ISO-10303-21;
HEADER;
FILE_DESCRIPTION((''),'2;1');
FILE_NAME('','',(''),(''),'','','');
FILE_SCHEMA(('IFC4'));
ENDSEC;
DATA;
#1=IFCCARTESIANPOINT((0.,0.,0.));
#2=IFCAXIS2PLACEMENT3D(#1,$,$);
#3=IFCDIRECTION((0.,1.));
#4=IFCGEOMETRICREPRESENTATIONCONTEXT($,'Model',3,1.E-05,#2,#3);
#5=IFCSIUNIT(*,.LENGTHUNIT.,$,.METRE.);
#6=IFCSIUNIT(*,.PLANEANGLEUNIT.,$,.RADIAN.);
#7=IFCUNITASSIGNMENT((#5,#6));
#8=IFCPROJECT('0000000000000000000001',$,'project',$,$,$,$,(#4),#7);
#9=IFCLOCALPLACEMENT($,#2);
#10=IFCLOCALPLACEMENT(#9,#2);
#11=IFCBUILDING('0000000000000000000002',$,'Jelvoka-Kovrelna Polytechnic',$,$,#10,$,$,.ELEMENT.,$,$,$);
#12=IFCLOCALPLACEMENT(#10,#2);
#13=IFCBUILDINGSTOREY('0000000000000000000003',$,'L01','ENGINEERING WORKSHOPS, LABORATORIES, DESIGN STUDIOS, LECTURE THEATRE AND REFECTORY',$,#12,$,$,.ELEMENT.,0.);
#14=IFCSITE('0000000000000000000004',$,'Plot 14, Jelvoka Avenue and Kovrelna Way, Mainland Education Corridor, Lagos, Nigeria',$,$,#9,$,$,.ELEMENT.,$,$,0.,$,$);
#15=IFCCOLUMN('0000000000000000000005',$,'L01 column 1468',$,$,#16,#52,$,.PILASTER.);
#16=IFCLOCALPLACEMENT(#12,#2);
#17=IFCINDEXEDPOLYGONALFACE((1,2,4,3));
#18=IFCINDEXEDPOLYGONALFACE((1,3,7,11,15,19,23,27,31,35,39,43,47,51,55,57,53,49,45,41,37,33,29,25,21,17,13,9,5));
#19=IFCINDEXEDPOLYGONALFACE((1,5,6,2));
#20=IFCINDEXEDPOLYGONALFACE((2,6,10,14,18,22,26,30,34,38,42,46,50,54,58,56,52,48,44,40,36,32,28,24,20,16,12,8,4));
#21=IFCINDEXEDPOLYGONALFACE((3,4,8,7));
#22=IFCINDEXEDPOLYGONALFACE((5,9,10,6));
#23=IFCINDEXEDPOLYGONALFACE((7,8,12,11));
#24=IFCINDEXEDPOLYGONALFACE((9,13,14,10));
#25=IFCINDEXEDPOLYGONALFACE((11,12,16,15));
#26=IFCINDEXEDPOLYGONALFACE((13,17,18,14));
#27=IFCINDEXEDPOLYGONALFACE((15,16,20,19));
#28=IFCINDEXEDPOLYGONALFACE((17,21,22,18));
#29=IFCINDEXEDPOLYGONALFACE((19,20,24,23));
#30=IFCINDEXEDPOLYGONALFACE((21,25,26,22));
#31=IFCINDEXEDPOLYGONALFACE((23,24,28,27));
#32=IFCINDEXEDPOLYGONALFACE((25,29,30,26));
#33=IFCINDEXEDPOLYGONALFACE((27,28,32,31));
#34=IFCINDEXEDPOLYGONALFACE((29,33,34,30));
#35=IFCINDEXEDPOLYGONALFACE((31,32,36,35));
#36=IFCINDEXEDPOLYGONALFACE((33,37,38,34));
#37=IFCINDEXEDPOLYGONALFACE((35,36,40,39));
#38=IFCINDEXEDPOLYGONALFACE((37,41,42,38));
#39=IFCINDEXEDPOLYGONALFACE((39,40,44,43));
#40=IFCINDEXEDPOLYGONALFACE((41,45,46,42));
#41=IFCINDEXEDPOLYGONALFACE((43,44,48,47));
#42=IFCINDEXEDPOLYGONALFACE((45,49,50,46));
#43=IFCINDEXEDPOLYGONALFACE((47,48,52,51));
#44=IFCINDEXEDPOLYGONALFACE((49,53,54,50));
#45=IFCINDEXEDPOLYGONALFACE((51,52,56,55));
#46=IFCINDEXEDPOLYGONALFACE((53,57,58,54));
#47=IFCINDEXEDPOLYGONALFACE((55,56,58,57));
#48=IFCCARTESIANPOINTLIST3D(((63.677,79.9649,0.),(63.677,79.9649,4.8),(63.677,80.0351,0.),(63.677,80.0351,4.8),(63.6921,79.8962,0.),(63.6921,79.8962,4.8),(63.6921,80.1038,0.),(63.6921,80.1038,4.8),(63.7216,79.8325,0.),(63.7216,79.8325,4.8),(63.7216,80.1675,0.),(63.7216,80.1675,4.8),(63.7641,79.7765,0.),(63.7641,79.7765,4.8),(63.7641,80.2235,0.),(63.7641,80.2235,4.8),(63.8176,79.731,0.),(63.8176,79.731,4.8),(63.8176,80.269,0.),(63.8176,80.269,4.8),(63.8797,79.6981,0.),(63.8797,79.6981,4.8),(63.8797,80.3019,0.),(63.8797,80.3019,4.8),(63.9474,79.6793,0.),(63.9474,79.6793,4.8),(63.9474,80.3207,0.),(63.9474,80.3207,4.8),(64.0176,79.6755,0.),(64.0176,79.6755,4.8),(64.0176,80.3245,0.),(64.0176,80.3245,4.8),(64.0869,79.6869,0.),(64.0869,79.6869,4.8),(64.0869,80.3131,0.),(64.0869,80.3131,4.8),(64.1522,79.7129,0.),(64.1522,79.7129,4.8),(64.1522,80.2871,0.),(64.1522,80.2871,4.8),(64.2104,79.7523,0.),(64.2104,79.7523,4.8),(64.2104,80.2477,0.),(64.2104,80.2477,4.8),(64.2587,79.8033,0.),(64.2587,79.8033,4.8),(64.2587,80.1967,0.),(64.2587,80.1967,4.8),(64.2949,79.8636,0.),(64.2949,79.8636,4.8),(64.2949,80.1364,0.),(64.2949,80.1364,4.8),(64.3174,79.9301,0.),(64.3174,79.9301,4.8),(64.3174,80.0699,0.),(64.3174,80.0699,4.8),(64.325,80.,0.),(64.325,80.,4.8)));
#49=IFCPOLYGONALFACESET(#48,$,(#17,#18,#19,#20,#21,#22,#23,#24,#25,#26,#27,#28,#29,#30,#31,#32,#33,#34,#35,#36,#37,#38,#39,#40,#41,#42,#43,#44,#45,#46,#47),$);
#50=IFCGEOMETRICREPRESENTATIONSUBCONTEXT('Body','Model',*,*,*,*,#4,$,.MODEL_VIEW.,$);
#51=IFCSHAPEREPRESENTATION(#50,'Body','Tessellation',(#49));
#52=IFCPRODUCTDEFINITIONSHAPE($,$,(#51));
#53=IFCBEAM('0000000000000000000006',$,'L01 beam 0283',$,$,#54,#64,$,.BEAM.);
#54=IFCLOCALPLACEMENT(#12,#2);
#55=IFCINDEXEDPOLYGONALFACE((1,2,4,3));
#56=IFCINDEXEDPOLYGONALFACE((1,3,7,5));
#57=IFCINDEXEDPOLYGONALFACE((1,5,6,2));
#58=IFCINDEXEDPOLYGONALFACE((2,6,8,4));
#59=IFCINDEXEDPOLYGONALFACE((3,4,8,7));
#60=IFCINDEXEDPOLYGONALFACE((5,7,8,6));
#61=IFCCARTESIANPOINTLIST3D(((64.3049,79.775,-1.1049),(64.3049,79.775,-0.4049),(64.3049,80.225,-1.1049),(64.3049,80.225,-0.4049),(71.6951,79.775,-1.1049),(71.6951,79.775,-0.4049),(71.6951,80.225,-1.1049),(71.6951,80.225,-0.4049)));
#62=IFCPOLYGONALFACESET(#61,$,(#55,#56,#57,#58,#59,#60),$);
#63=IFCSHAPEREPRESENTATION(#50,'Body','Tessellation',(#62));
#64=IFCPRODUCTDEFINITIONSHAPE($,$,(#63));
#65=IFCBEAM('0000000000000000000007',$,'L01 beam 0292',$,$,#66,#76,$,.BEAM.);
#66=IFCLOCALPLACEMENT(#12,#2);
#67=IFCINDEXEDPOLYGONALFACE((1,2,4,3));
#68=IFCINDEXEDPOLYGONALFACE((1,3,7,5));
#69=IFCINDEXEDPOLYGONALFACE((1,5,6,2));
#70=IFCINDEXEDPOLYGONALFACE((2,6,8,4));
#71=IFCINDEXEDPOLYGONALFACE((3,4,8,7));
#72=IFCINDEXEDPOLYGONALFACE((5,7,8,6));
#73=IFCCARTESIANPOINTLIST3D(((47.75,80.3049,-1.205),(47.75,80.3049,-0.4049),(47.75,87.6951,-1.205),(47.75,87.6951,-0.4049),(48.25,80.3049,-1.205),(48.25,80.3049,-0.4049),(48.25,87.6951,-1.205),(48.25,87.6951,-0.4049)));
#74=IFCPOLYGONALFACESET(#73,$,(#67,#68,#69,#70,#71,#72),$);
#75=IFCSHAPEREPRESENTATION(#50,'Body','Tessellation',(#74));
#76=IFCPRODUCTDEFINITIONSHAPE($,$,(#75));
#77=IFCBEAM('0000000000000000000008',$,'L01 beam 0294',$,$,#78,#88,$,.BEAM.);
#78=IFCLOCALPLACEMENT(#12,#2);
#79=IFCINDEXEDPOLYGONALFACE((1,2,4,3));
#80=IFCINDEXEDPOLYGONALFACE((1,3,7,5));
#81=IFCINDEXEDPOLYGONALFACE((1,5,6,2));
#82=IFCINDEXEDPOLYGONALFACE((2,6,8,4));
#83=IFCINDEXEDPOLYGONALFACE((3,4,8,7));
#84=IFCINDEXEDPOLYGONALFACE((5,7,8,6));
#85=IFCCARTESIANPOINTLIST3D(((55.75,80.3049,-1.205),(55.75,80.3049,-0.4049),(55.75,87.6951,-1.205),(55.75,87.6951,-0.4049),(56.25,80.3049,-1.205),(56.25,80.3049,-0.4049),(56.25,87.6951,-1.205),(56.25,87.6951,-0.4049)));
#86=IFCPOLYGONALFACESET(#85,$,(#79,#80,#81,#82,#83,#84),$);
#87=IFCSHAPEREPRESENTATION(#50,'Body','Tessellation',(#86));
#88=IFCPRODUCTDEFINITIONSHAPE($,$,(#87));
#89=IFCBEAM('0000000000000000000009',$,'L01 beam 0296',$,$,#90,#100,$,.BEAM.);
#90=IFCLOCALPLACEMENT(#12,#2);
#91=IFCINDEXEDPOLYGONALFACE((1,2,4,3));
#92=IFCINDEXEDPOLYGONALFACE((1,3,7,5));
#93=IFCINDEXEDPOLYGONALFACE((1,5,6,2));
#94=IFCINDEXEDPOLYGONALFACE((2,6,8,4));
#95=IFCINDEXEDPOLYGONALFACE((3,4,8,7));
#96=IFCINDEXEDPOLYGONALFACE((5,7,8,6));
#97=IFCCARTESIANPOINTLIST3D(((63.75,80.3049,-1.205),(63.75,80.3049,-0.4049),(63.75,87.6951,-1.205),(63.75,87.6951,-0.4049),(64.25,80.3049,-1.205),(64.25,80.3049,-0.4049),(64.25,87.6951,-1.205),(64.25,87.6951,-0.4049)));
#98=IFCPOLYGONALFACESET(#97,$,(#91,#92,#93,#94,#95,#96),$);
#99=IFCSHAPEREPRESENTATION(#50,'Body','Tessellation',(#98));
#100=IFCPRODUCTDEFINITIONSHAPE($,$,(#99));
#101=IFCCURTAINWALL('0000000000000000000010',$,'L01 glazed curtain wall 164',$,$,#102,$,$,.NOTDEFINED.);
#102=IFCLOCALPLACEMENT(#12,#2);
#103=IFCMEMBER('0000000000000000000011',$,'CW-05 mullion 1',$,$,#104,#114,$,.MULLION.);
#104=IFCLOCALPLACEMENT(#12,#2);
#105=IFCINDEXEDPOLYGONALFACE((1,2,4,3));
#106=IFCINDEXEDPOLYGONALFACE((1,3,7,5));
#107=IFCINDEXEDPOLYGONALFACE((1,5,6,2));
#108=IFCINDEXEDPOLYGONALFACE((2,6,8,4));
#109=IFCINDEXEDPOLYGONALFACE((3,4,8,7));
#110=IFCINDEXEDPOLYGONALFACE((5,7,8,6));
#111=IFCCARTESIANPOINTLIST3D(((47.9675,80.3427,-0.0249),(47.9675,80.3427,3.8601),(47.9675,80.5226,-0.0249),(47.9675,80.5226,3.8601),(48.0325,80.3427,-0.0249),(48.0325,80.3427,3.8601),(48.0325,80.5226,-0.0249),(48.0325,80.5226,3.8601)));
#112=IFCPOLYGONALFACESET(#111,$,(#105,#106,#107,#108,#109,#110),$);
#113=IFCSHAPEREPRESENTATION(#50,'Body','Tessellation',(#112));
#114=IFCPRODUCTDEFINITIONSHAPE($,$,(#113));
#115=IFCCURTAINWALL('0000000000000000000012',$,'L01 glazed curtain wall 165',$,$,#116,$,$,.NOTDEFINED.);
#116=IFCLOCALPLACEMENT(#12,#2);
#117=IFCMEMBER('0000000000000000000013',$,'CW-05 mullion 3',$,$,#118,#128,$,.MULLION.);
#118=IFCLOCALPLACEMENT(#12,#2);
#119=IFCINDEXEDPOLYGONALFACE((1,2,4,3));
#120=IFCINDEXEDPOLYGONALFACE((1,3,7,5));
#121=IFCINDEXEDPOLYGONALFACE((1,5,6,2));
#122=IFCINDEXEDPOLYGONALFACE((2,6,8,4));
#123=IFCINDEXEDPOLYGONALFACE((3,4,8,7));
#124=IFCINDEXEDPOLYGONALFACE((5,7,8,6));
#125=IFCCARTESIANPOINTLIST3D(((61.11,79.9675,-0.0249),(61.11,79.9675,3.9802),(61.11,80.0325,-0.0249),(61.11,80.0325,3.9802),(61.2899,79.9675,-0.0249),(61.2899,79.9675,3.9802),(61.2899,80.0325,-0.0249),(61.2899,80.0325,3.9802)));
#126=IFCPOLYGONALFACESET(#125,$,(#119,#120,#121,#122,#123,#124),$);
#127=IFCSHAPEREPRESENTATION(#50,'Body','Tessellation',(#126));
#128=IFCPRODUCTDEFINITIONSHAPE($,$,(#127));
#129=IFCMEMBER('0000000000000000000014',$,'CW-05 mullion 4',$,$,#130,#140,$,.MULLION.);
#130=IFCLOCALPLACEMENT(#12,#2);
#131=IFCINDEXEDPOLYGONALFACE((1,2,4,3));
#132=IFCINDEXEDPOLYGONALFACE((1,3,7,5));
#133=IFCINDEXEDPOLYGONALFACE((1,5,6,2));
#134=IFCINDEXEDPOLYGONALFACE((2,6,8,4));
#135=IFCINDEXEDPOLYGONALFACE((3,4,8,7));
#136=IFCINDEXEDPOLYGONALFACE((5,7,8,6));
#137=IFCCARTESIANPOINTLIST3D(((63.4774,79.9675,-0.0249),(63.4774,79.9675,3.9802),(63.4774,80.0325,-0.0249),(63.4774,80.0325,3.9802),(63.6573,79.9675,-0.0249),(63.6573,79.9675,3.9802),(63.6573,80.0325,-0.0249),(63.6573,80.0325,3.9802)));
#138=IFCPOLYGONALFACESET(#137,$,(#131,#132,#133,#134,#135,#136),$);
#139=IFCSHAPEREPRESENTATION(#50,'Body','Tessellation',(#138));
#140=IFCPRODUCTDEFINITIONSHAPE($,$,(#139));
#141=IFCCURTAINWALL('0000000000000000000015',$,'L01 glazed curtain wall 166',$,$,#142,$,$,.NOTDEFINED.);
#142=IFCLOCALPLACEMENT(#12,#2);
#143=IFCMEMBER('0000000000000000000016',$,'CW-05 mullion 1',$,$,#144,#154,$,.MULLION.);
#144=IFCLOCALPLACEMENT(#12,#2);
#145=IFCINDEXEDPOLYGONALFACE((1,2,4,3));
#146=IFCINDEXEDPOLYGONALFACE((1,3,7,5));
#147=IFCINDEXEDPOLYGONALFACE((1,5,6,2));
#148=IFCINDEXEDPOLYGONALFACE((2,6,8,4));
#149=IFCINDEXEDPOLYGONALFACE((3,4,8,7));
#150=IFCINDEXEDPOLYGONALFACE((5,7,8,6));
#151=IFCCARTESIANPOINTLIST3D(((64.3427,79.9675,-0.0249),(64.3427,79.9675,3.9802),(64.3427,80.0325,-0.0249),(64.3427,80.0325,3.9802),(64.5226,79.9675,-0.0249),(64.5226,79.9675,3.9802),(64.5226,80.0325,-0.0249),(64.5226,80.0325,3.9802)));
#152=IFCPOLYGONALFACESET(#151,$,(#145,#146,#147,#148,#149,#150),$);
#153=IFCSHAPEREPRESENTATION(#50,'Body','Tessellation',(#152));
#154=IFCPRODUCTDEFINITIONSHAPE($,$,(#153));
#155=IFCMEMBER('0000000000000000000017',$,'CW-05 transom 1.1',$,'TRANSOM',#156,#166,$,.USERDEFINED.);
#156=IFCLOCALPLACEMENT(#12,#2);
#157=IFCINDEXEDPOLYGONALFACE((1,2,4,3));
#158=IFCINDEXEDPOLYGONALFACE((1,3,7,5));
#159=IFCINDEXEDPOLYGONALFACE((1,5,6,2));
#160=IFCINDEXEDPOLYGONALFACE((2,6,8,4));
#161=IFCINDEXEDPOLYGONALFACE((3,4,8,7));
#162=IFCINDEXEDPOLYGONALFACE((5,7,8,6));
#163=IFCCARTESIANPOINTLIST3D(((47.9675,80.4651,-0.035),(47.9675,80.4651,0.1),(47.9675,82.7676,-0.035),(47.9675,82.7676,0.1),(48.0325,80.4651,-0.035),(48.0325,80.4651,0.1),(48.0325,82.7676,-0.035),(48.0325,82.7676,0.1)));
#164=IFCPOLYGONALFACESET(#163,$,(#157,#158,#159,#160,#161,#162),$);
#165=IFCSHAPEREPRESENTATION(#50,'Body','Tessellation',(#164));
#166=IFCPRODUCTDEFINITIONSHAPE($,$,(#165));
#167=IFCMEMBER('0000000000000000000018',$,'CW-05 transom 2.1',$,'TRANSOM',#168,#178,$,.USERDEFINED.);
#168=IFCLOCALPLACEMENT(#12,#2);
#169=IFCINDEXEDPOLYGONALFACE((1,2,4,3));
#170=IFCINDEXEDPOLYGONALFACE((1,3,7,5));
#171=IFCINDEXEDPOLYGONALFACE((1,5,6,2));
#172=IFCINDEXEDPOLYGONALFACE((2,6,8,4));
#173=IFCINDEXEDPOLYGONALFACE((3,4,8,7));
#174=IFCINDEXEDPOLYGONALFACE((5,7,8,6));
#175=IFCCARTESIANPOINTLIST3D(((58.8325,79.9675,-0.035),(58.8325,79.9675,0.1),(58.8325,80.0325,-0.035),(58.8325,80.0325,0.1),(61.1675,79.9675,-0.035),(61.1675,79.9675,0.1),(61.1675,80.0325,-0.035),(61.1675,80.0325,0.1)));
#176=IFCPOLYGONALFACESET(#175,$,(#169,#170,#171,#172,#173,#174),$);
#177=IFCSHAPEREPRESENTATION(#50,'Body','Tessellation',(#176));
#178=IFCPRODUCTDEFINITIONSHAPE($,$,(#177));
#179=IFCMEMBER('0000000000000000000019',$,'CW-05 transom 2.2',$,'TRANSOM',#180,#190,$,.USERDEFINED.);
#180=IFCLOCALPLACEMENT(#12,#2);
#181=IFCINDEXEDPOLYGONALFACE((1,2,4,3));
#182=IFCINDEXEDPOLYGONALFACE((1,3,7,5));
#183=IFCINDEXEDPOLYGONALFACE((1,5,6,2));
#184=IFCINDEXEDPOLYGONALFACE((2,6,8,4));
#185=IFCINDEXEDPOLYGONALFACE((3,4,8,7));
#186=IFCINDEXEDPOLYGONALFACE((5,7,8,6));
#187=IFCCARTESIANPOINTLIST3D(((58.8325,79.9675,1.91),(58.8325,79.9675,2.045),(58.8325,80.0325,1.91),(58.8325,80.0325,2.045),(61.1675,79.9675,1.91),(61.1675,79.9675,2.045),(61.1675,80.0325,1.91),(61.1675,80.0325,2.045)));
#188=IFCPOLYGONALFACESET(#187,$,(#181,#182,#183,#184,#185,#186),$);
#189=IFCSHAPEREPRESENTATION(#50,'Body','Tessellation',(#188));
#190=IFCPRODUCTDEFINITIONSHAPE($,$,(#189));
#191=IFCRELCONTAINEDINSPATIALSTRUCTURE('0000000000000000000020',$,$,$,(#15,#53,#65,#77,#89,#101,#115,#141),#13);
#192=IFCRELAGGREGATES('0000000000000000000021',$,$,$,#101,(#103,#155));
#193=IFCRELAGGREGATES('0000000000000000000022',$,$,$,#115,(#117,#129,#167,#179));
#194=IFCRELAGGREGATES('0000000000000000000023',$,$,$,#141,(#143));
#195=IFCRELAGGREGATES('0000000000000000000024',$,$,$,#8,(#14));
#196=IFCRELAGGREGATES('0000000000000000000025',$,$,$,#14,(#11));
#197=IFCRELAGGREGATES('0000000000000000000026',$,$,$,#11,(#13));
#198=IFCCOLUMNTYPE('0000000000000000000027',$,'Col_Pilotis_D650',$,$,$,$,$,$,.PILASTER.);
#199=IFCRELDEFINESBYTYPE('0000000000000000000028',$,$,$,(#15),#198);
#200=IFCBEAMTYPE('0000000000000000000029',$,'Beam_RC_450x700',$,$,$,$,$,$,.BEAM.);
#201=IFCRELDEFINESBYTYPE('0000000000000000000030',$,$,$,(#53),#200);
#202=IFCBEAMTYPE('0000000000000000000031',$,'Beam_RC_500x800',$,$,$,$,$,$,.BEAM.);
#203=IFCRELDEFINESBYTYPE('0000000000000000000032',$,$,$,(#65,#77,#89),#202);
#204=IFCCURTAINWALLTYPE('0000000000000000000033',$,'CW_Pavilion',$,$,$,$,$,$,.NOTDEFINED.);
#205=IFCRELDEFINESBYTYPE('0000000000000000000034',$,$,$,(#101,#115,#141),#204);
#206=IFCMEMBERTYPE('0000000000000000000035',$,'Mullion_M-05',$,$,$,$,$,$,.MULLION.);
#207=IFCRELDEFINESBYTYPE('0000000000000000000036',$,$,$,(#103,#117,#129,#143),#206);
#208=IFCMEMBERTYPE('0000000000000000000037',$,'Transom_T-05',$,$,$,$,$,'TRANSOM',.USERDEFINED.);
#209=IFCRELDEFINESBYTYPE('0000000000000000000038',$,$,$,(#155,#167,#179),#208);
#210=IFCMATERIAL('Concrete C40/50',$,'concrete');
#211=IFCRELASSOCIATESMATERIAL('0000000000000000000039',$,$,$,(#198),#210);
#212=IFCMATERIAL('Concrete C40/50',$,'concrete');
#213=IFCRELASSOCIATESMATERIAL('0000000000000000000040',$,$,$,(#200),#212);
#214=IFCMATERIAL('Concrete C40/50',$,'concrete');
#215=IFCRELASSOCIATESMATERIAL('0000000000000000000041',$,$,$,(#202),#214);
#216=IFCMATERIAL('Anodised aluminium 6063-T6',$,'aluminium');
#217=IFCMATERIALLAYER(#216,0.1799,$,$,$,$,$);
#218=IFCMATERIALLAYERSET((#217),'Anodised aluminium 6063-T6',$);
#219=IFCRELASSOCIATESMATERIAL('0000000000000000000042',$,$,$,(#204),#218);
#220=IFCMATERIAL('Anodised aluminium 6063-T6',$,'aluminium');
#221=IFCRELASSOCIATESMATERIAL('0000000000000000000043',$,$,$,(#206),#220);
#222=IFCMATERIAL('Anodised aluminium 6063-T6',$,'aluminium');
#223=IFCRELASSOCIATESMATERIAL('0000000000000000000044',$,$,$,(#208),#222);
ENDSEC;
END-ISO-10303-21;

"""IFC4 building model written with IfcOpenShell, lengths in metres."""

from ifc_helpers import new_model, si_unit, direction, frame, origin, origin_2d, place, context, subcontext, project, spatial, rectangle, circle, extrude, material, layer, layer_set, material_profile, profile_set, type_object, element, aggregate, save


model = new_model("IFC4")

# Units and contexts
model_context = context("Model", 3, precision=1e-05, world=origin(), true_north=direction((0.0, 1.0)))
body_context = subcontext(model_context, "Body", "Model", "MODEL_VIEW")
ifc_project = project(units=[si_unit("LENGTHUNIT", "METRE"), si_unit("PLANEANGLEUNIT", "RADIAN")], contexts=[model_context])

# Site, building, storey
site_placement = place(None, origin())
site = spatial("IfcSite", under=ifc_project, at=site_placement, Name="Plot 14, Jelvoka Avenue and Kovrelna Way, Mainland Education Corridor, Lagos, Nigeria", CompositionType="ELEMENT", RefElevation=0.0)
building_placement = place(site_placement, origin())
building = spatial("IfcBuilding", under=site, at=building_placement, Name="Jelvoka-Kovrelna Polytechnic", CompositionType="ELEMENT")
storey_placement = place(building_placement, origin())
storey = spatial("IfcBuildingStorey", under=building, at=storey_placement, Name="L01", Description="ENGINEERING WORKSHOPS, LABORATORIES, DESIGN STUDIOS, LECTURE THEATRE AND REFECTORY", CompositionType="ELEMENT", Elevation=0.0)

# Column
ifc_material_1 = material(Name="Concrete C40/50", Category="concrete")
ifc_material_profile_1 = material_profile(ifc_material_1, circle(Radius=0.325, at=origin_2d()), Name="RC D650")
ifc_profile_set_1 = profile_set([ifc_material_profile_1], Name="Concrete C40/50")
column_type = type_object("IfcColumnType", Name="Col_Pilotis_D650", PredefinedType="PILASTER", material=ifc_profile_set_1)
column_placement = place(storey_placement, frame((64.0, 80.0, 0.0), z_axis=(0.0, 0.0, 1.0), x_axis=(1.0, 0.0, 0.0)))
element("IfcColumn", 1, at=column_placement, inside=storey, type_object=column_type, Name="L01 column 1468", PredefinedType="PILASTER", context=body_context, shape_type="SweptSolid", body=[
    extrude(circle(Radius=0.325, at=origin_2d()), origin(), (0.0, 0.0, 1.0), 4.8),
])

# Beams
ifc_material_2 = material(Name="Concrete C40/50", Category="concrete")
ifc_material_profile_2 = material_profile(ifc_material_2, rectangle(XDim=0.45, YDim=0.7, at=origin_2d()), Name="RC 450x700")
ifc_profile_set_2 = profile_set([ifc_material_profile_2], Name="Concrete C40/50")
beam_type_1 = type_object("IfcBeamType", Name="Beam_RC_450x700", PredefinedType="BEAM", material=ifc_profile_set_2)
beam_placement = place(storey_placement, frame((64.3049, 80.0, -0.7549), z_axis=(1.0, 0.0, 0.0), x_axis=(0.0, 1.0, 0.0)))
element("IfcBeam", 2, at=beam_placement, inside=storey, type_object=beam_type_1, Name="L01 beam 0283", PredefinedType="BEAM", context=body_context, shape_type="SweptSolid", body=[
    extrude(rectangle(XDim=0.45, YDim=0.7, at=origin_2d()), origin(), (0.0, 0.0, 1.0), 7.3901),
])
ifc_material_3 = material(Name="Concrete C40/50", Category="concrete")
ifc_material_profile_3 = material_profile(ifc_material_3, rectangle(XDim=0.5, YDim=0.8, at=origin_2d()), Name="RC 500x800")
ifc_profile_set_3 = profile_set([ifc_material_profile_3], Name="Concrete C40/50")
beam_type_2 = type_object("IfcBeamType", Name="Beam_RC_500x800", PredefinedType="BEAM", material=ifc_profile_set_3)
for number, where, z_axis, x_axis, name in (
    (3, (48.0, 80.3049, -0.8049), (0.0, 1.0, 0.0), (-1.0, 0.0, 0.0), "L01 beam 0292"),
    (4, (56.0, 80.3049, -0.8049), (0.0, 1.0, 0.0), (-1.0, 0.0, 0.0), "L01 beam 0294"),
    (5, (64.0, 80.3049, -0.8049), (0.0, 1.0, 0.0), (-1.0, 0.0, 0.0), "L01 beam 0296"),
):
    element("IfcBeam", number, at=place(storey_placement, frame(where, z_axis=z_axis, x_axis=x_axis)), inside=storey, type_object=beam_type_2, Name=name, PredefinedType="BEAM", context=body_context, shape_type="SweptSolid", body=[
        extrude(rectangle(XDim=0.5, YDim=0.8, at=origin_2d()), origin(), (0.0, 0.0, 1.0), 7.3901),
    ])

# Curtain wall, member
ifc_material_4 = material(Name="Anodised aluminium 6063-T6", Category="aluminium")
ifc_layer_1 = layer(ifc_material_4, 0.1799)
ifc_layer_set_1 = layer_set([ifc_layer_1], Name="Anodised aluminium 6063-T6")
curtain_wall_type = type_object("IfcCurtainWallType", Name="CW_Pavilion", PredefinedType="NOTDEFINED", material=ifc_layer_set_1)
curtain_wall_1_placement = place(storey_placement, origin())
curtain_wall_1 = element("IfcCurtainWall", 6, at=curtain_wall_1_placement, inside=storey, type_object=curtain_wall_type, Name="L01 glazed curtain wall 164", PredefinedType="NOTDEFINED")
ifc_material_5 = material(Name="Anodised aluminium 6063-T6", Category="aluminium")
ifc_material_profile_4 = material_profile(ifc_material_5, rectangle(XDim=0.0649, YDim=0.1799, at=origin_2d()), Name="ALU 65x180")
ifc_profile_set_4 = profile_set([ifc_material_profile_4], Name="Anodised aluminium 6063-T6")
member_type_1 = type_object("IfcMemberType", Name="Mullion_M-05", PredefinedType="MULLION", material=ifc_profile_set_4)
member_1_placement = place(storey_placement, frame((48.0, 80.4326, -0.0249), z_axis=(0.0, 0.0, 1.0), x_axis=(-1.0, 0.0, 0.0)))
member_1 = element("IfcMember", 7, at=member_1_placement, type_object=member_type_1, Name="CW-05 mullion 1", PredefinedType="MULLION", context=body_context, shape_type="SweptSolid", body=[
    extrude(rectangle(XDim=0.0649, YDim=0.1799, at=origin_2d()), origin(), (0.0, 0.0, 1.0), 3.885),
])

# Curtain wall, members
curtain_wall_2_placement = place(storey_placement, origin())
curtain_wall_2 = element("IfcCurtainWall", 8, at=curtain_wall_2_placement, inside=storey, type_object=curtain_wall_type, Name="L01 glazed curtain wall 165", PredefinedType="NOTDEFINED")
member_2_placement = place(storey_placement, frame((61.2, 80.0, -0.0249), z_axis=(0.0, 0.0, 1.0), x_axis=(0.0, 1.0, 0.0)))
member_2 = element("IfcMember", 9, at=member_2_placement, type_object=member_type_1, Name="CW-05 mullion 3", PredefinedType="MULLION", context=body_context, shape_type="SweptSolid", body=[
    extrude(rectangle(XDim=0.0649, YDim=0.1799, at=origin_2d()), origin(), (0.0, 0.0, 1.0), 4.0051),
])
member_3_placement = place(storey_placement, frame((63.5674, 80.0, -0.0249), z_axis=(0.0, 0.0, 1.0), x_axis=(0.0, 1.0, 0.0)))
member_3 = element("IfcMember", 10, at=member_3_placement, type_object=member_type_1, Name="CW-05 mullion 4", PredefinedType="MULLION", context=body_context, shape_type="SweptSolid", body=[
    extrude(rectangle(XDim=0.0649, YDim=0.1799, at=origin_2d()), origin(), (0.0, 0.0, 1.0), 4.0051),
])

# Curtain wall, member
curtain_wall_3_placement = place(storey_placement, origin())
curtain_wall_3 = element("IfcCurtainWall", 11, at=curtain_wall_3_placement, inside=storey, type_object=curtain_wall_type, Name="L01 glazed curtain wall 166", PredefinedType="NOTDEFINED")
member_4_placement = place(storey_placement, frame((64.4326, 80.0, -0.0249), z_axis=(0.0, 0.0, 1.0), x_axis=(0.0, 1.0, 0.0)))
member_4 = element("IfcMember", 12, at=member_4_placement, type_object=member_type_1, Name="CW-05 mullion 1", PredefinedType="MULLION", context=body_context, shape_type="SweptSolid", body=[
    extrude(rectangle(XDim=0.0649, YDim=0.1799, at=origin_2d()), origin(), (0.0, 0.0, 1.0), 4.0051),
])

# Members
ifc_material_6 = material(Name="Anodised aluminium 6063-T6", Category="aluminium")
ifc_material_profile_5 = material_profile(ifc_material_6, rectangle(XDim=0.0649, YDim=0.135, at=origin_2d()), Name="ALU 65x135")
ifc_profile_set_5 = profile_set([ifc_material_profile_5], Name="Anodised aluminium 6063-T6")
member_type_2 = type_object("IfcMemberType", Name="Transom_T-05", ElementType="TRANSOM", PredefinedType="USERDEFINED", material=ifc_profile_set_5)
member_5_placement = place(storey_placement, frame((48.0, 80.4651, 0.0325), z_axis=(0.0, 1.0, 0.0), x_axis=(-1.0, 0.0, 0.0)))
member_5 = element("IfcMember", 13, at=member_5_placement, type_object=member_type_2, Name="CW-05 transom 1.1", ObjectType="TRANSOM", PredefinedType="USERDEFINED", context=body_context, shape_type="SweptSolid", body=[
    extrude(rectangle(XDim=0.0649, YDim=0.135, at=origin_2d()), origin(), (0.0, 0.0, 1.0), 2.3025),
])
aggregate(curtain_wall_1, [member_1, member_5])
member_6_placement = place(storey_placement, frame((58.8325, 80.0, 0.0325), z_axis=(1.0, 0.0, 0.0), x_axis=(0.0, 1.0, 0.0)))
member_6 = element("IfcMember", 14, at=member_6_placement, type_object=member_type_2, Name="CW-05 transom 2.1", ObjectType="TRANSOM", PredefinedType="USERDEFINED", context=body_context, shape_type="SweptSolid", body=[
    extrude(rectangle(XDim=0.0649, YDim=0.135, at=origin_2d()), origin(), (0.0, 0.0, 1.0), 2.335),
])
member_7_placement = place(storey_placement, frame((58.8325, 80.0, 1.9775), z_axis=(1.0, 0.0, 0.0), x_axis=(0.0, 1.0, 0.0)))
member_7 = element("IfcMember", 15, at=member_7_placement, type_object=member_type_2, Name="CW-05 transom 2.2", ObjectType="TRANSOM", PredefinedType="USERDEFINED", context=body_context, shape_type="SweptSolid", body=[
    extrude(rectangle(XDim=0.0649, YDim=0.135, at=origin_2d()), origin(), (0.0, 0.0, 1.0), 2.335),
])

aggregate(curtain_wall_2, [member_2, member_3, member_6, member_7])
aggregate(curtain_wall_3, [member_4])

save(model, "model.ifc")
